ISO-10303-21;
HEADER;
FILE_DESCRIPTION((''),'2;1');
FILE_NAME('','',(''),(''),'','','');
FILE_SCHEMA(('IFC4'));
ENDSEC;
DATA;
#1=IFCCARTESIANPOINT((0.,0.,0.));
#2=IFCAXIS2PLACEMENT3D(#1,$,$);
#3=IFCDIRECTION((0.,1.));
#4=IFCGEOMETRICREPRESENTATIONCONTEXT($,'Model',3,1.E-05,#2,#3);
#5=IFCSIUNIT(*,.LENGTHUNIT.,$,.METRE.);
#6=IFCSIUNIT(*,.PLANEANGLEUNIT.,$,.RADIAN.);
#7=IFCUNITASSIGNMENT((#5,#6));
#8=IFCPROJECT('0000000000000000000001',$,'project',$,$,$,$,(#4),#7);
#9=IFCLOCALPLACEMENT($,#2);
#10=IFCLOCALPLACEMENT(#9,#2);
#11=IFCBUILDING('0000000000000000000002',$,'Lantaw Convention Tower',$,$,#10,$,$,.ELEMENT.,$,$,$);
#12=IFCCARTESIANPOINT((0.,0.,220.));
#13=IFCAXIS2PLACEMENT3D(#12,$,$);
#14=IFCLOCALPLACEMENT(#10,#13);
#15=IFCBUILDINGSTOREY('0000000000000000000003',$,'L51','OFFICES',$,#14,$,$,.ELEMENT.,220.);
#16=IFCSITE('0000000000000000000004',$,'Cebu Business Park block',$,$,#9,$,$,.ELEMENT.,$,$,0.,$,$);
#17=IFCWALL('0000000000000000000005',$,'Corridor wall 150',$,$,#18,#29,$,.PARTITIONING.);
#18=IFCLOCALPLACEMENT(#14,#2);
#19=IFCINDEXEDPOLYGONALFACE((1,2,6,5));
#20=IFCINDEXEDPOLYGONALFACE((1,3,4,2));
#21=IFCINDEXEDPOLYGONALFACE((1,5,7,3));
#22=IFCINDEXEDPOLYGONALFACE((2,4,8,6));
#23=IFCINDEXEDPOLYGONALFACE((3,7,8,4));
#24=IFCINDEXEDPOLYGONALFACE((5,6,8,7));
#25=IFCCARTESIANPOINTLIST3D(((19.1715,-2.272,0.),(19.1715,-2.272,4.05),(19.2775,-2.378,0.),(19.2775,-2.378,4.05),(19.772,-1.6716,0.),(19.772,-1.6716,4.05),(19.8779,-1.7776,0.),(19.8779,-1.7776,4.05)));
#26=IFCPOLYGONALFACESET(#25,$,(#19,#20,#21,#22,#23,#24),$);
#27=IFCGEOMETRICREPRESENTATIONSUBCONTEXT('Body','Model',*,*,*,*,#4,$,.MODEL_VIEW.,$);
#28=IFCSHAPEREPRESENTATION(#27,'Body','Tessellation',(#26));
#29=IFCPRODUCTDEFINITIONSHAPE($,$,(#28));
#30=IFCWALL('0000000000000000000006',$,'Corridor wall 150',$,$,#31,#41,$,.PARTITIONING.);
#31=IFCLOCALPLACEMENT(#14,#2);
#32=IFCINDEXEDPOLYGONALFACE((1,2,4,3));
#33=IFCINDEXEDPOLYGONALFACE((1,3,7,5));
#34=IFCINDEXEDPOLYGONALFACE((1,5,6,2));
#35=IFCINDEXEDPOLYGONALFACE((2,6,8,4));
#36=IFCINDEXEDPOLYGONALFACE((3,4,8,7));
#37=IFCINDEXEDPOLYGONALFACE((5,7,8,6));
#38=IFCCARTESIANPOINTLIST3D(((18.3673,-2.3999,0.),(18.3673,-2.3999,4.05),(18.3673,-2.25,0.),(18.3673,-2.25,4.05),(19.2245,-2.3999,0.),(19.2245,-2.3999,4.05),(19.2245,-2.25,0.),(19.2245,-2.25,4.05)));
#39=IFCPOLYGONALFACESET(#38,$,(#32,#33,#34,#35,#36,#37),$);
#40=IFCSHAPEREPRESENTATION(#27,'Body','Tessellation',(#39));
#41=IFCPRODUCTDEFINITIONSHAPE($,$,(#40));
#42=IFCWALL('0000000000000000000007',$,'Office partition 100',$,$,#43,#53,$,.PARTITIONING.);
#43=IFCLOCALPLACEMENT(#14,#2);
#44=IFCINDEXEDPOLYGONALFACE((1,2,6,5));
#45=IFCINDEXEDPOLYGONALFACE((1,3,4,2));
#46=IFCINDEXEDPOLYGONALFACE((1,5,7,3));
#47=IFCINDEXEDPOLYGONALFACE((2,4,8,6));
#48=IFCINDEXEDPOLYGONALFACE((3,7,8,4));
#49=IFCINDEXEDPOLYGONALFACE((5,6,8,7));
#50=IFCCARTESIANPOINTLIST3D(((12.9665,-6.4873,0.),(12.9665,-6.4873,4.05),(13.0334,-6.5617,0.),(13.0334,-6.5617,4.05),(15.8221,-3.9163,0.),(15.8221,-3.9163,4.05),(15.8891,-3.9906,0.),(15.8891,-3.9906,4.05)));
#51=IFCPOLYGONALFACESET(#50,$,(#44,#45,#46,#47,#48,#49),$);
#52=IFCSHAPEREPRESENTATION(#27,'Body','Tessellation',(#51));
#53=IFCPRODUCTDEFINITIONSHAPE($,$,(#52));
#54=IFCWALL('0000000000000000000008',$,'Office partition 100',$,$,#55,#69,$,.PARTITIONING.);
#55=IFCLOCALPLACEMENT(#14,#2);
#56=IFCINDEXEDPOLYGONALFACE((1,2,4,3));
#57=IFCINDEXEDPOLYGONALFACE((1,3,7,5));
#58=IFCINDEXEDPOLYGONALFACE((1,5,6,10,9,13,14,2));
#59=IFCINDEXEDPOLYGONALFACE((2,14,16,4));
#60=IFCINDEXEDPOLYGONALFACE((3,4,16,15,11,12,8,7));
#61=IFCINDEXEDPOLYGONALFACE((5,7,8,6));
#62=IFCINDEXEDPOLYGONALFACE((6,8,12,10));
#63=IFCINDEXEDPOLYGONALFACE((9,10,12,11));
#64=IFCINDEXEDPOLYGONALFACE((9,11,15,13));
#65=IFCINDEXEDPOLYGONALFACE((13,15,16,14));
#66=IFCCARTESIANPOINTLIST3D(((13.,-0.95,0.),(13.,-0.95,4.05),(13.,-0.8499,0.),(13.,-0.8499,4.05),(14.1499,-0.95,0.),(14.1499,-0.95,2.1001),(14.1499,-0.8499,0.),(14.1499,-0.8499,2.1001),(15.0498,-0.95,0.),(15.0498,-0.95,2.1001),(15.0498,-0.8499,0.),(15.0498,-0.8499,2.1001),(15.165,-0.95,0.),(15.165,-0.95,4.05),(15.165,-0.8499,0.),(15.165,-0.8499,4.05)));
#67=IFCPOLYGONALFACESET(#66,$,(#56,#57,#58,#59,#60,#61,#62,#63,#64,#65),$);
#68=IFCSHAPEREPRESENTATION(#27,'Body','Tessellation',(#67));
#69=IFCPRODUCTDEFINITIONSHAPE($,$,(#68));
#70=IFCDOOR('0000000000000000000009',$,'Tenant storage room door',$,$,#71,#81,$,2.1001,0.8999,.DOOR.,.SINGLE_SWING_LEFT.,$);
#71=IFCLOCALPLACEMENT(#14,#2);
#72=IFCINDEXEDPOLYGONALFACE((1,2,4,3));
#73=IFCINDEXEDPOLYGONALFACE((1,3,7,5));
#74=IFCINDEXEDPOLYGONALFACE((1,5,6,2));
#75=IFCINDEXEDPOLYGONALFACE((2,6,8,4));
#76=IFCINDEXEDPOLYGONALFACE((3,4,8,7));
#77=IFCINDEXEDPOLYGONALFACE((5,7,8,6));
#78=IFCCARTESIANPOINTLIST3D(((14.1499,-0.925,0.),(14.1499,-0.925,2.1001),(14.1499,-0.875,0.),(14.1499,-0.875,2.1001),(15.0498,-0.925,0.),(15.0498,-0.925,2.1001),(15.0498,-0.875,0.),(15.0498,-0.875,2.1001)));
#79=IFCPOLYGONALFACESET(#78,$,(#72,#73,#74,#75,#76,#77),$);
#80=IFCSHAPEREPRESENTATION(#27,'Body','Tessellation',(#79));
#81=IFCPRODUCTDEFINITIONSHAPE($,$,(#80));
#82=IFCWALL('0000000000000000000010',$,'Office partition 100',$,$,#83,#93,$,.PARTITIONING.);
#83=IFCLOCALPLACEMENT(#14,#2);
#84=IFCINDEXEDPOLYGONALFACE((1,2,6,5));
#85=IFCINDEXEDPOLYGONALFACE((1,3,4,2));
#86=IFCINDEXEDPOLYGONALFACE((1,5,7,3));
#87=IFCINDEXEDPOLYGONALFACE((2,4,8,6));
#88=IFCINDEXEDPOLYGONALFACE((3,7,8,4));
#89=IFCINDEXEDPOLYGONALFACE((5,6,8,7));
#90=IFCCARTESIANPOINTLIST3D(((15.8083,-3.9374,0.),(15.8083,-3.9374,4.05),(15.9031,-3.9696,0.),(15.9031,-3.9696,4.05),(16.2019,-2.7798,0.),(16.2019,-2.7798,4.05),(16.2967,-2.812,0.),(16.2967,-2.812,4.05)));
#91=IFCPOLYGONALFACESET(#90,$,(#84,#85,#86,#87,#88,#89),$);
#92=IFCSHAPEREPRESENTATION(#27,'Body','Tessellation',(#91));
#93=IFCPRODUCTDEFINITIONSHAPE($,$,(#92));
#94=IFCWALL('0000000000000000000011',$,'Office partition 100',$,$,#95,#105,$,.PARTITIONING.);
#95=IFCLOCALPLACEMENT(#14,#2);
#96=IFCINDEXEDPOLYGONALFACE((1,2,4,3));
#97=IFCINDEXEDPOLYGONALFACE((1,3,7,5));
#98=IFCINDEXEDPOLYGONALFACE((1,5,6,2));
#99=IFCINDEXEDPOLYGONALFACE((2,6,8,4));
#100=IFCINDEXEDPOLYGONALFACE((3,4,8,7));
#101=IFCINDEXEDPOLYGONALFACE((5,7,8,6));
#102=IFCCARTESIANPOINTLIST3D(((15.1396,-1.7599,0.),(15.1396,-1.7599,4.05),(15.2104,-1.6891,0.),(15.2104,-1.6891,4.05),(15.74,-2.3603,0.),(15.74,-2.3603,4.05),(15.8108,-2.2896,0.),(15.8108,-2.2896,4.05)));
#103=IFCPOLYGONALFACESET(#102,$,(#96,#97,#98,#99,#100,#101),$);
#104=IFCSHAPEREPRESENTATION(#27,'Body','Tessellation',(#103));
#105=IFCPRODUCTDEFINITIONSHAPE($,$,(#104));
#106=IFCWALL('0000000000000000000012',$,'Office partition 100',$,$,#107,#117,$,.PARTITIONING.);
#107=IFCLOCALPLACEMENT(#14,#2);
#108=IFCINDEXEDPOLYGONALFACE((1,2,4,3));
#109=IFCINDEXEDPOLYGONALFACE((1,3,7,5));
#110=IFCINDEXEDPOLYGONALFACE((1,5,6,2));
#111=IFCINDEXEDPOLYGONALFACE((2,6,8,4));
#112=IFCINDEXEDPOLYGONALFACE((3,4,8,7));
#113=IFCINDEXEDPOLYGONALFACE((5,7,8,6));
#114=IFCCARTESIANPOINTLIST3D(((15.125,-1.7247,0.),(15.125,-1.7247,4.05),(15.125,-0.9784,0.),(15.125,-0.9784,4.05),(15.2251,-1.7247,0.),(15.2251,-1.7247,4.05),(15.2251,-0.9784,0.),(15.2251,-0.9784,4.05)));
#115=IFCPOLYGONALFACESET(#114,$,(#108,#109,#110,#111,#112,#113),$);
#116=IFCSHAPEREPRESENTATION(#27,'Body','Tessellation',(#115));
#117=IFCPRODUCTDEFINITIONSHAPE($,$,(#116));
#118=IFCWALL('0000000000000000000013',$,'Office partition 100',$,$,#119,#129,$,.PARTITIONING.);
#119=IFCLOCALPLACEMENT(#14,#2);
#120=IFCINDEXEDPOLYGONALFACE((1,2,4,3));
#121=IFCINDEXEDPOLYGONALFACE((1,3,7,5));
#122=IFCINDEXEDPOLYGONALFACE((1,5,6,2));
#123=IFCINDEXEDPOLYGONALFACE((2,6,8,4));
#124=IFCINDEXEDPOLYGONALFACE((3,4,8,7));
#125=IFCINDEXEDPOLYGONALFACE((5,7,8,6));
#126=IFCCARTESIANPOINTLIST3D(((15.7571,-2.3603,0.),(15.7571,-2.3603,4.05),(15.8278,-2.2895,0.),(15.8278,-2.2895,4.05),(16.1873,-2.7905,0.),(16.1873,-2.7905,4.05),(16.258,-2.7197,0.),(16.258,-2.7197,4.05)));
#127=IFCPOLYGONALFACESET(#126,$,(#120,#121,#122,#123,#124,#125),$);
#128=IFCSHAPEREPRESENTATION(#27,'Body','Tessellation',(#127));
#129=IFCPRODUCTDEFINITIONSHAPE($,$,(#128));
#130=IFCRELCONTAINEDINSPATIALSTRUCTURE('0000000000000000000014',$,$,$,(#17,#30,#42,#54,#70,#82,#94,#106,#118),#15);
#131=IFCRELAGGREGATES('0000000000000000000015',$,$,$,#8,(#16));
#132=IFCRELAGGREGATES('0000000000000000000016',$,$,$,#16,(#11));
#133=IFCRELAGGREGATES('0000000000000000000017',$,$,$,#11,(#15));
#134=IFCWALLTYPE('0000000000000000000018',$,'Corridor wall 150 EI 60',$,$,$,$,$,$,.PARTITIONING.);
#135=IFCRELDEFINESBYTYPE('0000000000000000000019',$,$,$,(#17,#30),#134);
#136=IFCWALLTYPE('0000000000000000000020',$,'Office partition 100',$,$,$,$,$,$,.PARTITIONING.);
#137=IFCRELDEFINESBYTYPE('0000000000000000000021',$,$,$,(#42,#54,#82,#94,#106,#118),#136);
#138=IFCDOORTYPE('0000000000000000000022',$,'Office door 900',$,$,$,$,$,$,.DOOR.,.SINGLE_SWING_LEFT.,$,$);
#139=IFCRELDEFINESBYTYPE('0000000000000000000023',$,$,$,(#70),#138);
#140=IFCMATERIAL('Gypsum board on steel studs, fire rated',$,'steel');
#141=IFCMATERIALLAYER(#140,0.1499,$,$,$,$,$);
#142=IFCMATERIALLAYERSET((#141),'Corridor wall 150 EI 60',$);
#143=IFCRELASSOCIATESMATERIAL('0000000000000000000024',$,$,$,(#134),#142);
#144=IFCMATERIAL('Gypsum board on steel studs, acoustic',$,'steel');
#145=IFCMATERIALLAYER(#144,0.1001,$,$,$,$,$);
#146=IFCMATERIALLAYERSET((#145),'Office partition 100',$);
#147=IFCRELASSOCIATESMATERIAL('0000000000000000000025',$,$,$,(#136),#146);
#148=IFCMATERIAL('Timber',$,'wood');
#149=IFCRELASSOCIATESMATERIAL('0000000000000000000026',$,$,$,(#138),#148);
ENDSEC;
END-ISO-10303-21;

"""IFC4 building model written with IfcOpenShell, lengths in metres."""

from ifc_helpers import new_model, si_unit, direction, frame, frame_2d, origin, place, context, subcontext, project, spatial, rectangle, extrude, material, layer, layer_set, type_object, element, fill, save


model = new_model("IFC4")

# Units and contexts
model_context = context("Model", 3, precision=1e-05, world=origin(), true_north=direction((0.0, 1.0)))
body_context = subcontext(model_context, "Body", "Model", "MODEL_VIEW")
ifc_project = project(units=[si_unit("LENGTHUNIT", "METRE"), si_unit("PLANEANGLEUNIT", "RADIAN")], contexts=[model_context])

# Site, building, storey
site_placement = place(None, origin())
site = spatial("IfcSite", under=ifc_project, at=site_placement, Name="Cebu Business Park block", CompositionType="ELEMENT", RefElevation=0.0)
building_placement = place(site_placement, origin())
building = spatial("IfcBuilding", under=site, at=building_placement, Name="Lantaw Convention Tower", CompositionType="ELEMENT")
storey_placement = place(building_placement, frame((0.0, 0.0, 220.0)))
storey = spatial("IfcBuildingStorey", under=building, at=storey_placement, Name="L51", Description="OFFICES", CompositionType="ELEMENT", Elevation=220.0)

# Shared definitions
ifc_material_1 = material(Name="Gypsum board on steel studs, fire rated", Category="steel")
ifc_layer_1 = layer(ifc_material_1, 0.1499)
ifc_layer_set_1 = layer_set([ifc_layer_1], Name="Corridor wall 150 EI 60")
wall_type_1 = type_object("IfcWallType", Name="Corridor wall 150 EI 60", PredefinedType="PARTITIONING", material=ifc_layer_set_1)

# Walls
wall_1_placement = place(storey_placement, frame((19.825, -1.7246, 0.0), z_axis=(0.0, 0.0, 1.0), x_axis=(-0.707107, -0.707107, 0.0)))
element("IfcWall", 1, at=wall_1_placement, inside=storey, type_object=wall_type_1, Name="Corridor wall 150", PredefinedType="PARTITIONING", context=body_context, shape_type="SweptSolid", body=[
    extrude(rectangle(XDim=0.8491, YDim=0.1499, at=frame_2d((0.4246, 0.0))), origin(), (0.0, 0.0, 1.0), 4.05),
])
wall_2_placement = place(storey_placement, frame((19.2246, -2.325, 0.0), z_axis=(0.0, 0.0, 1.0), x_axis=(-1.0, 0.0, 0.0)))
element("IfcWall", 2, at=wall_2_placement, inside=storey, type_object=wall_type_1, Name="Corridor wall 150", PredefinedType="PARTITIONING", context=body_context, shape_type="SweptSolid", body=[
    extrude(rectangle(XDim=0.8572, YDim=0.1499, at=frame_2d((0.4287, 0.0))), origin(), (0.0, 0.0, 1.0), 4.05),
])
ifc_material_2 = material(Name="Gypsum board on steel studs, acoustic", Category="steel")
ifc_layer_2 = layer(ifc_material_2, 0.1001)
ifc_layer_set_2 = layer_set([ifc_layer_2], Name="Office partition 100")
wall_type_2 = type_object("IfcWallType", Name="Office partition 100", PredefinedType="PARTITIONING", material=ifc_layer_set_2)
wall_3_placement = place(storey_placement, frame((15.8557, -3.9534, 0.0), z_axis=(0.0, 0.0, 1.0), x_axis=(-0.743177, -0.669095, 0.0)))
element("IfcWall", 3, at=wall_3_placement, inside=storey, type_object=wall_type_2, Name="Office partition 100", PredefinedType="PARTITIONING", context=body_context, shape_type="SweptSolid", body=[
    extrude(rectangle(XDim=3.8425, YDim=0.1001, at=frame_2d((1.9214, 0.0))), origin(), (0.0, 0.0, 1.0), 4.05),
])

# Wall, opening, door
wall_4_placement = place(storey_placement, frame((13.0, -0.8999, 0.0), z_axis=(0.0, 0.0, 1.0), x_axis=(1.0, 0.0, 0.0)))
wall_4 = element("IfcWall", 4, at=wall_4_placement, inside=storey, type_object=wall_type_2, Name="Office partition 100", PredefinedType="PARTITIONING", context=body_context, shape_type="SweptSolid", body=[
    extrude(rectangle(XDim=2.165, YDim=0.1001, at=frame_2d((1.0825, 0.0))), origin(), (0.0, 0.0, 1.0), 4.05),
])
opening_1_placement = place(wall_4_placement, frame((1.1499, 0.0, 0.0)))
opening_1 = element("IfcOpeningElement", 5, at=opening_1_placement, cuts=wall_4, PredefinedType="OPENING", context=body_context, shape_type="SweptSolid", body=[
    extrude(rectangle(XDim=0.8999, YDim=2.1001, at=frame_2d((0.45, 1.05))), frame((0.0, 0.0601, 0.0), z_axis=(0.0, -1.0, 0.0), x_axis=(1.0, 0.0, 0.0)), (0.0, 0.0, 1.0), 0.1201),
])
ifc_material_3 = material(Name="Timber", Category="wood")
door_type_1 = type_object("IfcDoorType", Name="Office door 900", OperationType="SINGLE_SWING_LEFT", PredefinedType="DOOR", material=ifc_material_3)
door_1_placement = place(opening_1_placement, origin())
door_1 = element("IfcDoor", 6, at=door_1_placement, inside=storey, type_object=door_type_1, Name="Tenant storage room door", OperationType="SINGLE_SWING_LEFT", OverallHeight=2.1001, OverallWidth=0.8999, PredefinedType="DOOR", context=body_context, shape_type="SweptSolid", body=[
    extrude(rectangle(XDim=0.8999, YDim=2.1001, at=frame_2d((0.45, 1.05))), frame((0.0, 0.0249, 0.0), z_axis=(0.0, -1.0, 0.0), x_axis=(1.0, 0.0, 0.0)), (0.0, 0.0, 1.0), 0.05),
])
fill(opening_1, door_1)

# Walls
wall_5_placement = place(storey_placement, frame((16.2493, -2.7959, 0.0), z_axis=(0.0, 0.0, 1.0), x_axis=(-0.321913, -0.946769, 0.0)))
element("IfcWall", 7, at=wall_5_placement, inside=storey, type_object=wall_type_2, Name="Office partition 100", PredefinedType="PARTITIONING", context=body_context, shape_type="SweptSolid", body=[
    extrude(rectangle(XDim=1.2227, YDim=0.1001, at=frame_2d((0.6113, 0.0))), origin(), (0.0, 0.0, 1.0), 4.05),
])
wall_6_placement = place(storey_placement, frame((15.7754, -2.325, 0.0), z_axis=(0.0, 0.0, 1.0), x_axis=(-0.707107, 0.707107, 0.0)))
element("IfcWall", 8, at=wall_6_placement, inside=storey, type_object=wall_type_2, Name="Office partition 100", PredefinedType="PARTITIONING", context=body_context, shape_type="SweptSolid", body=[
    extrude(rectangle(XDim=0.8491, YDim=0.1001, at=frame_2d((0.4246, 0.0))), origin(), (0.0, 0.0, 1.0), 4.05),
])
wall_7_placement = place(storey_placement, frame((15.175, -1.7246, 0.0), z_axis=(0.0, 0.0, 1.0), x_axis=(0.0, 1.0, 0.0)))
element("IfcWall", 9, at=wall_7_placement, inside=storey, type_object=wall_type_2, Name="Office partition 100", PredefinedType="PARTITIONING", context=body_context, shape_type="SweptSolid", body=[
    extrude(rectangle(XDim=0.7463, YDim=0.1001, at=frame_2d((0.373, 0.0))), origin(), (0.0, 0.0, 1.0), 4.05),
])
wall_8_placement = place(storey_placement, frame((16.2227, -2.7551, 0.0), z_axis=(0.0, 0.0, 1.0), x_axis=(-0.707107, 0.707107, 0.0)))
element("IfcWall", 10, at=wall_8_placement, inside=storey, type_object=wall_type_2, Name="Office partition 100", PredefinedType="PARTITIONING", context=body_context, shape_type="SweptSolid", body=[
    extrude(rectangle(XDim=0.6084, YDim=0.1001, at=frame_2d((0.3042, 0.0))), origin(), (0.0, 0.0, 1.0), 4.05),
])

save(model, "model.ifc")
